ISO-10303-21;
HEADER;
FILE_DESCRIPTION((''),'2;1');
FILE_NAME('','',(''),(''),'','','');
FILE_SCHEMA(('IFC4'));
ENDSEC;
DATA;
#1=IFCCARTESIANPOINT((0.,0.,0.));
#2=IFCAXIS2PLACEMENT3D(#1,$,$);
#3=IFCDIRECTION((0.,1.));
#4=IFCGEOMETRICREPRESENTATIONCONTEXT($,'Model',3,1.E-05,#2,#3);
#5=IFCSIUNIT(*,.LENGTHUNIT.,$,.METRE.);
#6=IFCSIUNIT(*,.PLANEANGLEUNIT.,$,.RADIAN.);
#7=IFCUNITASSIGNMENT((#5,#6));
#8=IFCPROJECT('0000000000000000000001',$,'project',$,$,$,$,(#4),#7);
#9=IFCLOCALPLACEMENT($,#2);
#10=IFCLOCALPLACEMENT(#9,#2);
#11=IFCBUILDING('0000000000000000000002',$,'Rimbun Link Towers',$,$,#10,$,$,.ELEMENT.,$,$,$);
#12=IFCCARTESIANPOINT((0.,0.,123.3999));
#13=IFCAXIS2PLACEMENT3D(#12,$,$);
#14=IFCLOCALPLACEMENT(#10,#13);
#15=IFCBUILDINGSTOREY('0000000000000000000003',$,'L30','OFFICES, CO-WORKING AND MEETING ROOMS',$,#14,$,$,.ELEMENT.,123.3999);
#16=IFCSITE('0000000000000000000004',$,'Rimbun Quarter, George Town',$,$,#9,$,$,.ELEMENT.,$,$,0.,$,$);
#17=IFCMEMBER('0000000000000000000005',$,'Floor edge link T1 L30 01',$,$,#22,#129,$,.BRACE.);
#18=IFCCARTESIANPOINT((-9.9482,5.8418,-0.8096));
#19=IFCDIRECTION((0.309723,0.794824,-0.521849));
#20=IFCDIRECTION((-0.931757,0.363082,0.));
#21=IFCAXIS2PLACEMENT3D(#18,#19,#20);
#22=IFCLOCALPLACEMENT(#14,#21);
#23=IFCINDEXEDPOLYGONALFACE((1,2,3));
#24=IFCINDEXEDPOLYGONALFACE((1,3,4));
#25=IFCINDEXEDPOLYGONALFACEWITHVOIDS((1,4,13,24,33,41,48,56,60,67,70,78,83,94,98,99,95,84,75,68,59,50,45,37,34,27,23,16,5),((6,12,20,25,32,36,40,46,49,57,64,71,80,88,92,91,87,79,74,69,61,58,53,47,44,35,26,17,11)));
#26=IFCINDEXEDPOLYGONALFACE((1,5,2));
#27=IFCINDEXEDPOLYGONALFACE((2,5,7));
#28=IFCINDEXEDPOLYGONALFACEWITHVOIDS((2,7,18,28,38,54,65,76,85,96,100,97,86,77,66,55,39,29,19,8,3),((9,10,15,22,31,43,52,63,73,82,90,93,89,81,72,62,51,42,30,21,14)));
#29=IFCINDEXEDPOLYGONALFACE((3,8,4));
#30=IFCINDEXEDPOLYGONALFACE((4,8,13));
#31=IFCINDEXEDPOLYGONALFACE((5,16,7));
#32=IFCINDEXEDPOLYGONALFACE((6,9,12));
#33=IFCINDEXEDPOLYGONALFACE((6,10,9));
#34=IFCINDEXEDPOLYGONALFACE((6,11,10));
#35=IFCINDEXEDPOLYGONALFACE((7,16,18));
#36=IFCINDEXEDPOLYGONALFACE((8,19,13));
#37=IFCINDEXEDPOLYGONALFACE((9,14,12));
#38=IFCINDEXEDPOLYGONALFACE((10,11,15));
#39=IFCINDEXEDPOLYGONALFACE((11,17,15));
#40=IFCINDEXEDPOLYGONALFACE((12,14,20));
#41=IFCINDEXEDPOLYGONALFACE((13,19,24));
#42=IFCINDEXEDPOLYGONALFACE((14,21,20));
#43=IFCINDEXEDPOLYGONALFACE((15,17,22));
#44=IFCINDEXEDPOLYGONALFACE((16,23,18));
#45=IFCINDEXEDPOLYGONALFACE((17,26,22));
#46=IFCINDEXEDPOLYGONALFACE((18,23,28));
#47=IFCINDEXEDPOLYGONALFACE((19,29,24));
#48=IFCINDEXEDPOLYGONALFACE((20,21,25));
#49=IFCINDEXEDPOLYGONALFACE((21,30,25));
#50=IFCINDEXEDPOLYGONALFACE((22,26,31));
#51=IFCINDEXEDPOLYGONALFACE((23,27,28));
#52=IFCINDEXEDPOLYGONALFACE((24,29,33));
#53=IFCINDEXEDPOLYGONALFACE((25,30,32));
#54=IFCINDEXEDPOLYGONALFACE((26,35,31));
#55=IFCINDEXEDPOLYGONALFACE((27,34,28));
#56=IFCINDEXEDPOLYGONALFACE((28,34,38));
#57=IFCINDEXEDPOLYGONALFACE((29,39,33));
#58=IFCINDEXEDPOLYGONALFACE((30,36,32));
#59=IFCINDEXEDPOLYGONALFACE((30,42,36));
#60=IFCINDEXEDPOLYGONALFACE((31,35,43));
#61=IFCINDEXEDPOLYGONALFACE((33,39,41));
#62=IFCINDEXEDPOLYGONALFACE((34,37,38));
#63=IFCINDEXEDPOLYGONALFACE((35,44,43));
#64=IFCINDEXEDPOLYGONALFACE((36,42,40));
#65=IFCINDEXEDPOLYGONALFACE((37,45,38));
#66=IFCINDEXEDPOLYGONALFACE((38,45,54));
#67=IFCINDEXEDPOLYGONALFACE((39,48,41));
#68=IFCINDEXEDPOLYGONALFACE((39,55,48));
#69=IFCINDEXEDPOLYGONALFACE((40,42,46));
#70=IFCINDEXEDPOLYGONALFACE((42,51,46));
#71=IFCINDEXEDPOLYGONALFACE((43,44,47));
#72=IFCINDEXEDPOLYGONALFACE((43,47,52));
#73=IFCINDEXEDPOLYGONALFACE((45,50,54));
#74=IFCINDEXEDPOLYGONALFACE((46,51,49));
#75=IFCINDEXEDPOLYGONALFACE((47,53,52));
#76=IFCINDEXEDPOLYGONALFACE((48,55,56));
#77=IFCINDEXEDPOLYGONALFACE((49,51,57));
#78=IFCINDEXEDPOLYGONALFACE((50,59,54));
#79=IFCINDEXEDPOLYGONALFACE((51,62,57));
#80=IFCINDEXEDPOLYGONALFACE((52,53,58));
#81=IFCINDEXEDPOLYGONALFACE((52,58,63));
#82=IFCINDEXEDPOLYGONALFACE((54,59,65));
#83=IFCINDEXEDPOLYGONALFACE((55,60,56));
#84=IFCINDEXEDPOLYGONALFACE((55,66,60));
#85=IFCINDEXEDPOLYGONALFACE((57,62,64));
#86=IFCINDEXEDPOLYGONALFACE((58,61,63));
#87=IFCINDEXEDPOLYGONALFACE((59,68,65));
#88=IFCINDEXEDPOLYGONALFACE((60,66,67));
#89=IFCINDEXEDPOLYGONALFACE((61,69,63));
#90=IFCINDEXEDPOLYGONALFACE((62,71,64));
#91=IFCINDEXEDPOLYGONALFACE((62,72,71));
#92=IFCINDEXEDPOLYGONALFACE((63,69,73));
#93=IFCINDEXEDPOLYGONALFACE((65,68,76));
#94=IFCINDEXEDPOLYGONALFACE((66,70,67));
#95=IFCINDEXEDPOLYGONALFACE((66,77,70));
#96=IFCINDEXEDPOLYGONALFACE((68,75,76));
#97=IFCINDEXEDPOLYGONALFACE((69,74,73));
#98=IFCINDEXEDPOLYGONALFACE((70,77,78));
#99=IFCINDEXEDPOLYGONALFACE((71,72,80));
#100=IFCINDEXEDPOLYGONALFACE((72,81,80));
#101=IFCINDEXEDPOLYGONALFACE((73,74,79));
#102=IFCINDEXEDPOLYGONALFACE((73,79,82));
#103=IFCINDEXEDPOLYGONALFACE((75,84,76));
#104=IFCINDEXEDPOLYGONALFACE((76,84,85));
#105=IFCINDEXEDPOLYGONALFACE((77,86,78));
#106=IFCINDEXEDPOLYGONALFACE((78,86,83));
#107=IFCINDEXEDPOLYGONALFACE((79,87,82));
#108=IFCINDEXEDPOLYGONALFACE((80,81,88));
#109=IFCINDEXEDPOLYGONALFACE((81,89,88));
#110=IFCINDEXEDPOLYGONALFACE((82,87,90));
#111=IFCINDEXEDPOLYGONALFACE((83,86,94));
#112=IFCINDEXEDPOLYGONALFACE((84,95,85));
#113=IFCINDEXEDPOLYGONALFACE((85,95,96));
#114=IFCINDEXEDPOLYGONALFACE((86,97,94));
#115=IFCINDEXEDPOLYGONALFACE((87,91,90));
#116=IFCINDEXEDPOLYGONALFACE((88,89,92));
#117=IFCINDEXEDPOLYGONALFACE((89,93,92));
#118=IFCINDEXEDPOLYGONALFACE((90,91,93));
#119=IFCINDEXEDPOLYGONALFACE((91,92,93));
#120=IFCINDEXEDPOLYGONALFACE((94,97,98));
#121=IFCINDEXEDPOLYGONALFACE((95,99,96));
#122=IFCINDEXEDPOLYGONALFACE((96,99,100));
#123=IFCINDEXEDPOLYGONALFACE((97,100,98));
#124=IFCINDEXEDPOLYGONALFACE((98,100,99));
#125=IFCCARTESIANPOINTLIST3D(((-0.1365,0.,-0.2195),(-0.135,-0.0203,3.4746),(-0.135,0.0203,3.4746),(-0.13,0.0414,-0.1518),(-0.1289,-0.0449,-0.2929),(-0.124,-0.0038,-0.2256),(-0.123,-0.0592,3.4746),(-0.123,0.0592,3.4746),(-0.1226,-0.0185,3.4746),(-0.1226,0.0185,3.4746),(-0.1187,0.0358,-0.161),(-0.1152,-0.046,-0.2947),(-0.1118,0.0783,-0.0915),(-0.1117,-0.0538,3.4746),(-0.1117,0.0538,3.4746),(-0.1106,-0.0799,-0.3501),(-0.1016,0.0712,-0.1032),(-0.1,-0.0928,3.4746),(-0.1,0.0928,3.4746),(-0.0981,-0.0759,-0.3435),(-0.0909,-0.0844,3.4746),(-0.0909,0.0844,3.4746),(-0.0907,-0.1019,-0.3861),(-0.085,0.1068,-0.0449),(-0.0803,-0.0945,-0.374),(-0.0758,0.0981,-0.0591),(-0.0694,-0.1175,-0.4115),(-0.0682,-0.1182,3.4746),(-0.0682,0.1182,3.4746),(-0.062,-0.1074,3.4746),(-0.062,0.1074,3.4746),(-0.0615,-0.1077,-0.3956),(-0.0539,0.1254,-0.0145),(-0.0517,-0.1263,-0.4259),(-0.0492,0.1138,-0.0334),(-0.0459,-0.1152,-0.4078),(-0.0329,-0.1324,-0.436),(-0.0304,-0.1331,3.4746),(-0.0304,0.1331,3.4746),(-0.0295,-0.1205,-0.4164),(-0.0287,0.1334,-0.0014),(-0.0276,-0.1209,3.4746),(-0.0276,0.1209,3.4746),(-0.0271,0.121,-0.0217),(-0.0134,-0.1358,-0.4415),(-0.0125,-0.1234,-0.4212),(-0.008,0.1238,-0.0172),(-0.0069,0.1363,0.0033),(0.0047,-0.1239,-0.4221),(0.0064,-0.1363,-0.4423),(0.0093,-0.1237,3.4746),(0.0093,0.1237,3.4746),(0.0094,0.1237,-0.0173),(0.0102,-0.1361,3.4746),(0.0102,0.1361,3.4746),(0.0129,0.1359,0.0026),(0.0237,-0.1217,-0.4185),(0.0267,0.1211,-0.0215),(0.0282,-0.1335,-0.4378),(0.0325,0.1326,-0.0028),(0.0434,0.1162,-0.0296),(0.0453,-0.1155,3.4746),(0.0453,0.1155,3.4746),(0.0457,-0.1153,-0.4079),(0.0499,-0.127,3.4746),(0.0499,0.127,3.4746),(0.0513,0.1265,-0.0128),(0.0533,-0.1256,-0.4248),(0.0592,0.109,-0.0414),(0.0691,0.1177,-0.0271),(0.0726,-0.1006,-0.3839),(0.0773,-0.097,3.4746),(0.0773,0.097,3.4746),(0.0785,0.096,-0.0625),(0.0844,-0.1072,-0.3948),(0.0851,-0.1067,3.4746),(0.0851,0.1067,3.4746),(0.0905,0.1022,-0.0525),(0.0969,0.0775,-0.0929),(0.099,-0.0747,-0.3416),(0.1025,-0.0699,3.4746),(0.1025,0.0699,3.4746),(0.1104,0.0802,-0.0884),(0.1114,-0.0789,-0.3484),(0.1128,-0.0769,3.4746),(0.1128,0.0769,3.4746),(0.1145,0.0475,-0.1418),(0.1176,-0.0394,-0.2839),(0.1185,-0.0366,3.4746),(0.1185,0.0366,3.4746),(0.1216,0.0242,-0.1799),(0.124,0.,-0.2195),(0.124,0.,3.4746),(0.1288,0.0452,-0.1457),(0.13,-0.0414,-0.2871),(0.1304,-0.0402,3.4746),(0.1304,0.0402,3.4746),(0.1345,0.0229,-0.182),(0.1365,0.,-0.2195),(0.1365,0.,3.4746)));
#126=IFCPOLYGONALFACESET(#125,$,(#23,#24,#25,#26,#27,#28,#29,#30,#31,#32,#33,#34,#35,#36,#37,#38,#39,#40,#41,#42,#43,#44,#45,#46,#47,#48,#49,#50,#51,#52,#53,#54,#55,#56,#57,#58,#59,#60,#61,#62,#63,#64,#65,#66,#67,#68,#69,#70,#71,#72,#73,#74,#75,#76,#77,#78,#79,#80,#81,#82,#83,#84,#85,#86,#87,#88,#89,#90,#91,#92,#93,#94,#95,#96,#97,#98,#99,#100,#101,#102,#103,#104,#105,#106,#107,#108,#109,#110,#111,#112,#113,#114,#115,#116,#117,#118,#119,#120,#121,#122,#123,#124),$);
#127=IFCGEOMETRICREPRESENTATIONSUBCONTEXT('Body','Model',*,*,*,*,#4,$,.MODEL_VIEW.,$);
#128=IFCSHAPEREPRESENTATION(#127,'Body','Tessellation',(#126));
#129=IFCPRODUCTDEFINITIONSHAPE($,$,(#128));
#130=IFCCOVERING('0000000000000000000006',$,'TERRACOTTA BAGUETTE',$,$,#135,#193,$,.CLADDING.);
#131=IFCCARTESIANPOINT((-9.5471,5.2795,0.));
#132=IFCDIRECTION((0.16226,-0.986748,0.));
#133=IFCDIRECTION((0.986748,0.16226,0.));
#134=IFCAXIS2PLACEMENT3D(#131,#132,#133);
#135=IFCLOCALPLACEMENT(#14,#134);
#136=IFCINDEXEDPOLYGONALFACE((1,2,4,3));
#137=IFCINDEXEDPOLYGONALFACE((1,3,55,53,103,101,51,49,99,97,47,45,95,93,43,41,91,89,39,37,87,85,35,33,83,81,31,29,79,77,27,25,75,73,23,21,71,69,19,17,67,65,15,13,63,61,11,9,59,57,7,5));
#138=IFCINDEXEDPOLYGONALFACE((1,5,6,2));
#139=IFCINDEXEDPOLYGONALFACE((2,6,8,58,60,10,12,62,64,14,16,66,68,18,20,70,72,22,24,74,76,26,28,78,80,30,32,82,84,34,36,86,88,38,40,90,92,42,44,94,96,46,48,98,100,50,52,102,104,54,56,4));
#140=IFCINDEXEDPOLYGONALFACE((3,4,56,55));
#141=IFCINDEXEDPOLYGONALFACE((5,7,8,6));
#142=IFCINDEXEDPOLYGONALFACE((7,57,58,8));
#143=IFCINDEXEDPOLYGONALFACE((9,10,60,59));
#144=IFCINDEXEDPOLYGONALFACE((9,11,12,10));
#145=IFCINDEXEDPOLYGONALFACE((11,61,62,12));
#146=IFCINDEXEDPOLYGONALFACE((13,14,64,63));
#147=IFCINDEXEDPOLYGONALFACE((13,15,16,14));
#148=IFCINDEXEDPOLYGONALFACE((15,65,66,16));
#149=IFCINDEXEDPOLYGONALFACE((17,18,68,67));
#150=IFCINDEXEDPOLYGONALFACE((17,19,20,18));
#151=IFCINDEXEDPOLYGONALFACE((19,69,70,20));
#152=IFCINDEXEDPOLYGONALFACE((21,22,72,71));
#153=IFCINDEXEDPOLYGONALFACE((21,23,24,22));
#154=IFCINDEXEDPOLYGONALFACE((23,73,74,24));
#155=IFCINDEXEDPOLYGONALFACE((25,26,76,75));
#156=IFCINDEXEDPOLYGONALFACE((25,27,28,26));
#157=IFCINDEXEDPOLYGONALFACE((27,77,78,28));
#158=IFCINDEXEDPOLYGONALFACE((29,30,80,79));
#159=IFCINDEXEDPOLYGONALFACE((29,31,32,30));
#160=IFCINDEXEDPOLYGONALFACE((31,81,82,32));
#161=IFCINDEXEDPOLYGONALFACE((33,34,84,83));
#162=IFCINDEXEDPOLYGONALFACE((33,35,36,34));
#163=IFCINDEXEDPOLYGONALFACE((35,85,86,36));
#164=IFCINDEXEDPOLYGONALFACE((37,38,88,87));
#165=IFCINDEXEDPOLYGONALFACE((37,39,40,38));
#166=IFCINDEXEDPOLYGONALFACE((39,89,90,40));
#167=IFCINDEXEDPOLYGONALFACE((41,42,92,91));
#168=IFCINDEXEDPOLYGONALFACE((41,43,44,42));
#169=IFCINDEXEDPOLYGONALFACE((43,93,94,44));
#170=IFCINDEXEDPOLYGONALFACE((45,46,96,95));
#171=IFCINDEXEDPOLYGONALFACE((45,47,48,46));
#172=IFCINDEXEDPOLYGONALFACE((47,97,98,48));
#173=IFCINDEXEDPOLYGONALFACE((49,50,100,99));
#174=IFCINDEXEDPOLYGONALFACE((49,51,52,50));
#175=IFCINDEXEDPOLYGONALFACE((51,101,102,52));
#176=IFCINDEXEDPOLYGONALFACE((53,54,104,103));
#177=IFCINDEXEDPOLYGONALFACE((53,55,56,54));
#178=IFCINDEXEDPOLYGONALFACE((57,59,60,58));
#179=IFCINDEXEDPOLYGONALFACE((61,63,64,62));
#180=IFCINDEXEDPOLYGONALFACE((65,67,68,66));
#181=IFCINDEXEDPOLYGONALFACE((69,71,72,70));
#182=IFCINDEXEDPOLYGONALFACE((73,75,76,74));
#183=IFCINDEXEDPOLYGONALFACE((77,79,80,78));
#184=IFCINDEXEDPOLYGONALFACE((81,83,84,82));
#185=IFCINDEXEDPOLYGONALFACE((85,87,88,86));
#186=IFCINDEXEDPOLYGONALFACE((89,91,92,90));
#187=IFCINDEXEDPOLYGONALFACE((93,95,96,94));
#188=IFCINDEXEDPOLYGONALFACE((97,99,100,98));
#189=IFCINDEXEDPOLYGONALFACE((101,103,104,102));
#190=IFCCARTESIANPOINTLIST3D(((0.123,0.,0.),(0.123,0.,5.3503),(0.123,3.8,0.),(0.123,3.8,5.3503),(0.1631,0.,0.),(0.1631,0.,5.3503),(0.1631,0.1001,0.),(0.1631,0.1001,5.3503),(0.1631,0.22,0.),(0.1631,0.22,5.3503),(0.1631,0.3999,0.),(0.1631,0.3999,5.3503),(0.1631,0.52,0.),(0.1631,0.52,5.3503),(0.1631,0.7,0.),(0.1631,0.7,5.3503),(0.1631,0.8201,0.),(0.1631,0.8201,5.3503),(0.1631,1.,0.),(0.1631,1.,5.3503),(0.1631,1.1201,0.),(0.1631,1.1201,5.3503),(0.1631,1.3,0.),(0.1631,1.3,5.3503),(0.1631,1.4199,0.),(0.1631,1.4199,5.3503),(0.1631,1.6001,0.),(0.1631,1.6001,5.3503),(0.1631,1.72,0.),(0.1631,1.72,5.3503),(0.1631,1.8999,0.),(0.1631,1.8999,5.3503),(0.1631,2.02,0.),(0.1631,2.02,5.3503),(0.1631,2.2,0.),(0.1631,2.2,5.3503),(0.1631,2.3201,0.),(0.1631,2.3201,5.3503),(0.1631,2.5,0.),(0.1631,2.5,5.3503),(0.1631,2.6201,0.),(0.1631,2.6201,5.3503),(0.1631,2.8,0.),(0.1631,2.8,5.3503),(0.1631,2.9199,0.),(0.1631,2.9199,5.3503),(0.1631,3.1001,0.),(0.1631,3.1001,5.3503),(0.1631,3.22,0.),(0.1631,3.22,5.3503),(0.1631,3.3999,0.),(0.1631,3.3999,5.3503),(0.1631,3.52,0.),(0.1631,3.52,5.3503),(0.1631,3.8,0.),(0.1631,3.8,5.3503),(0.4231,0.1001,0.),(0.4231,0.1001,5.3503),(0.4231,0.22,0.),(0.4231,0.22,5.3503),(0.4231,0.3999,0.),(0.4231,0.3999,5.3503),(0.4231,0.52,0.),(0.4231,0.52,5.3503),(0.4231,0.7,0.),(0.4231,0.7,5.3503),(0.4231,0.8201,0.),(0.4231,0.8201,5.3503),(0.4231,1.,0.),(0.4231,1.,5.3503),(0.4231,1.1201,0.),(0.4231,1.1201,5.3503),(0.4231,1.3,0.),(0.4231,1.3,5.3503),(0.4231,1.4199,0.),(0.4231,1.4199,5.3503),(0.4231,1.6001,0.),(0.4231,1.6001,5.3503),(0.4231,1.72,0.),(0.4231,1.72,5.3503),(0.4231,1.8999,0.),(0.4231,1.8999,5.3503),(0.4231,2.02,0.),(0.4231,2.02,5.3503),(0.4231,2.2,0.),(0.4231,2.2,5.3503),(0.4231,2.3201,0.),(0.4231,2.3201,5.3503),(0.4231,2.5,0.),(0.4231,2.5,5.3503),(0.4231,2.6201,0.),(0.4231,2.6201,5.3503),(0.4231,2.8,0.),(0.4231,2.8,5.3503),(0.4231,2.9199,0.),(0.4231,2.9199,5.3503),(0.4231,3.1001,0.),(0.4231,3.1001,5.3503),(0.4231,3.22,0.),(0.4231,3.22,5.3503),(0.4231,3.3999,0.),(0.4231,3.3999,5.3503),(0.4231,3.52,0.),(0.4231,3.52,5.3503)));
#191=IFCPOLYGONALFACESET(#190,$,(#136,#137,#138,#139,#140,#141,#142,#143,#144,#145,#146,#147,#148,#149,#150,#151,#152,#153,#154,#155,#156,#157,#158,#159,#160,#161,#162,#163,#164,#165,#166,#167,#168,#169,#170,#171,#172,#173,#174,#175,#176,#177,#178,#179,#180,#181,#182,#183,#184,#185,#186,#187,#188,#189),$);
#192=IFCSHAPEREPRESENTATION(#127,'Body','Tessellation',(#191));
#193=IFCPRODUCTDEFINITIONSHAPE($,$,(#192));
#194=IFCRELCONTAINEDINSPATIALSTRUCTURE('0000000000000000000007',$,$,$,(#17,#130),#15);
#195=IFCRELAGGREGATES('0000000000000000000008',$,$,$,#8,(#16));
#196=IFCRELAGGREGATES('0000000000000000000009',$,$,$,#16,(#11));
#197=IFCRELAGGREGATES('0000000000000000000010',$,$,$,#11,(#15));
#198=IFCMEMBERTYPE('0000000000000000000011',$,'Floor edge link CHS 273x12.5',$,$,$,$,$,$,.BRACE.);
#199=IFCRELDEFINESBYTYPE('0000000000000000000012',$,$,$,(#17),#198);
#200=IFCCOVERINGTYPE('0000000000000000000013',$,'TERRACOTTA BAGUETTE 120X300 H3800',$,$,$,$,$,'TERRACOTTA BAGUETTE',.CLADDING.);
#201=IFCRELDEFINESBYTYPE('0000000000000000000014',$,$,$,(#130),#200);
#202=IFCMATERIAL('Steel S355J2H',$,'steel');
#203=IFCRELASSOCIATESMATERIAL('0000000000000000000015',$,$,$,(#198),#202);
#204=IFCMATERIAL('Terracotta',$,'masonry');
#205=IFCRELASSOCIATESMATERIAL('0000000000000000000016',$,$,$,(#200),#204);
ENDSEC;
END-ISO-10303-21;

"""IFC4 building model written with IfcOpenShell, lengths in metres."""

from ifc_helpers import new_model, si_unit, direction, frame, origin, origin_2d, place, context, subcontext, project, spatial, polyline, hollow_circle, outline, extrude, clip, halfspace, material, material_profile, profile_set, type_object, element, save


model = new_model("IFC4")

# Units and contexts
model_context = context("Model", 3, precision=1e-05, world=origin(), true_north=direction((0.0, 1.0)))
body_context = subcontext(model_context, "Body", "Model", "MODEL_VIEW")
ifc_project = project(units=[si_unit("LENGTHUNIT", "METRE"), si_unit("PLANEANGLEUNIT", "RADIAN")], contexts=[model_context])

# Site, building, storey
site_placement = place(None, origin())
site = spatial("IfcSite", under=ifc_project, at=site_placement, Name="Rimbun Quarter, George Town", CompositionType="ELEMENT", RefElevation=0.0)
building_placement = place(site_placement, origin())
building = spatial("IfcBuilding", under=site, at=building_placement, Name="Rimbun Link Towers", CompositionType="ELEMENT")
storey_placement = place(building_placement, frame((0.0, 0.0, 123.3999)))
storey = spatial("IfcBuildingStorey", under=building, at=storey_placement, Name="L30", Description="OFFICES, CO-WORKING AND MEETING ROOMS", CompositionType="ELEMENT", Elevation=123.3999)

# Member
ifc_material_1 = material(Name="Steel S355J2H", Category="steel")
ifc_material_profile_1 = material_profile(ifc_material_1, hollow_circle(Radius=0.1365, WallThickness=0.0125, at=origin_2d()), Name="CHS 273x12.5")
ifc_profile_set_1 = profile_set([ifc_material_profile_1], Name="Steel S355J2H")
member_type_1 = type_object("IfcMemberType", Name="Floor edge link CHS 273x12.5", PredefinedType="BRACE", material=ifc_profile_set_1)
member_1_placement = place(storey_placement, frame((-9.9482, 5.8418, -0.8096), z_axis=(0.309723, 0.794824, -0.521849), x_axis=(-0.931757, 0.363082, 0.0)))
element("IfcMember", 1, at=member_1_placement, inside=storey, type_object=member_type_1, Name="Floor edge link T1 L30 01", PredefinedType="BRACE", context=body_context, shape_type="Clipping", body=[
    clip(extrude(hollow_circle(Radius=0.1365, WallThickness=0.0125, at=origin_2d()), frame((0.0, 0.0, -0.4653)), (0.0, 0.0, 1.0), 3.9399), halfspace(frame((0.0, 0.0, -0.2195), z_axis=(0.0, 0.853038, -0.521849)), False)),
])

# Covering
ifc_material_2 = material(Name="Terracotta", Category="masonry")
ifc_material_profile_2 = material_profile(ifc_material_2, outline(polyline([(0.123, 0.0), (0.1631, 0.0), (0.1631, 0.1001), (0.4231, 0.1001), (0.4231, 0.22), (0.1631, 0.22), (0.1631, 0.3999), (0.4231, 0.3999), (0.4231, 0.52), (0.1631, 0.52), (0.1631, 0.7), (0.4231, 0.7), (0.4231, 0.8201), (0.1631, 0.8201), (0.1631, 1.0), (0.4231, 1.0), (0.4231, 1.1201), (0.1631, 1.1201), (0.1631, 1.3), (0.4231, 1.3), (0.4231, 1.4199), (0.1631, 1.4199), (0.1631, 1.6001), (0.4231, 1.6001), (0.4231, 1.72), (0.1631, 1.72), (0.1631, 1.8999), (0.4231, 1.8999), (0.4231, 2.02), (0.1631, 2.02), (0.1631, 2.2), (0.4231, 2.2), (0.4231, 2.3201), (0.1631, 2.3201), (0.1631, 2.5), (0.4231, 2.5), (0.4231, 2.6201), (0.1631, 2.6201), (0.1631, 2.8), (0.4231, 2.8), (0.4231, 2.9199), (0.1631, 2.9199), (0.1631, 3.1001), (0.4231, 3.1001), (0.4231, 3.22), (0.1631, 3.22), (0.1631, 3.3999), (0.4231, 3.3999), (0.4231, 3.52), (0.1631, 3.52), (0.1631, 3.8), (0.123, 3.8), (0.123, 0.0)])), Name="BAGUETTE 120X300")
ifc_profile_set_2 = profile_set([ifc_material_profile_2], Name="Terracotta")
covering_type = type_object("IfcCoveringType", Name="TERRACOTTA BAGUETTE 120X300 H3800", ElementType="TERRACOTTA BAGUETTE", PredefinedType="CLADDING", material=ifc_profile_set_2)
covering_1_placement = place(storey_placement, frame((-9.5471, 5.2795, 0.0), z_axis=(0.16226, -0.986748, 0.0), x_axis=(0.986748, 0.16226, 0.0)))
element("IfcCovering", 2, at=covering_1_placement, inside=storey, type_object=covering_type, Name="TERRACOTTA BAGUETTE", PredefinedType="CLADDING", context=body_context, shape_type="SweptSolid", body=[
    extrude(outline(polyline([(0.123, 0.0), (0.1631, 0.0), (0.1631, 0.1001), (0.4231, 0.1001), (0.4231, 0.22), (0.1631, 0.22), (0.1631, 0.3999), (0.4231, 0.3999), (0.4231, 0.52), (0.1631, 0.52), (0.1631, 0.7), (0.4231, 0.7), (0.4231, 0.8201), (0.1631, 0.8201), (0.1631, 1.0), (0.4231, 1.0), (0.4231, 1.1201), (0.1631, 1.1201), (0.1631, 1.3), (0.4231, 1.3), (0.4231, 1.4199), (0.1631, 1.4199), (0.1631, 1.6001), (0.4231, 1.6001), (0.4231, 1.72), (0.1631, 1.72), (0.1631, 1.8999), (0.4231, 1.8999), (0.4231, 2.02), (0.1631, 2.02), (0.1631, 2.2), (0.4231, 2.2), (0.4231, 2.3201), (0.1631, 2.3201), (0.1631, 2.5), (0.4231, 2.5), (0.4231, 2.6201), (0.1631, 2.6201), (0.1631, 2.8), (0.4231, 2.8), (0.4231, 2.9199), (0.1631, 2.9199), (0.1631, 3.1001), (0.4231, 3.1001), (0.4231, 3.22), (0.1631, 3.22), (0.1631, 3.3999), (0.4231, 3.3999), (0.4231, 3.52), (0.1631, 3.52), (0.1631, 3.8), (0.123, 3.8), (0.123, 0.0)])), origin(), (0.0, 0.0, 1.0), 5.3503),
])

save(model, "model.ifc")
